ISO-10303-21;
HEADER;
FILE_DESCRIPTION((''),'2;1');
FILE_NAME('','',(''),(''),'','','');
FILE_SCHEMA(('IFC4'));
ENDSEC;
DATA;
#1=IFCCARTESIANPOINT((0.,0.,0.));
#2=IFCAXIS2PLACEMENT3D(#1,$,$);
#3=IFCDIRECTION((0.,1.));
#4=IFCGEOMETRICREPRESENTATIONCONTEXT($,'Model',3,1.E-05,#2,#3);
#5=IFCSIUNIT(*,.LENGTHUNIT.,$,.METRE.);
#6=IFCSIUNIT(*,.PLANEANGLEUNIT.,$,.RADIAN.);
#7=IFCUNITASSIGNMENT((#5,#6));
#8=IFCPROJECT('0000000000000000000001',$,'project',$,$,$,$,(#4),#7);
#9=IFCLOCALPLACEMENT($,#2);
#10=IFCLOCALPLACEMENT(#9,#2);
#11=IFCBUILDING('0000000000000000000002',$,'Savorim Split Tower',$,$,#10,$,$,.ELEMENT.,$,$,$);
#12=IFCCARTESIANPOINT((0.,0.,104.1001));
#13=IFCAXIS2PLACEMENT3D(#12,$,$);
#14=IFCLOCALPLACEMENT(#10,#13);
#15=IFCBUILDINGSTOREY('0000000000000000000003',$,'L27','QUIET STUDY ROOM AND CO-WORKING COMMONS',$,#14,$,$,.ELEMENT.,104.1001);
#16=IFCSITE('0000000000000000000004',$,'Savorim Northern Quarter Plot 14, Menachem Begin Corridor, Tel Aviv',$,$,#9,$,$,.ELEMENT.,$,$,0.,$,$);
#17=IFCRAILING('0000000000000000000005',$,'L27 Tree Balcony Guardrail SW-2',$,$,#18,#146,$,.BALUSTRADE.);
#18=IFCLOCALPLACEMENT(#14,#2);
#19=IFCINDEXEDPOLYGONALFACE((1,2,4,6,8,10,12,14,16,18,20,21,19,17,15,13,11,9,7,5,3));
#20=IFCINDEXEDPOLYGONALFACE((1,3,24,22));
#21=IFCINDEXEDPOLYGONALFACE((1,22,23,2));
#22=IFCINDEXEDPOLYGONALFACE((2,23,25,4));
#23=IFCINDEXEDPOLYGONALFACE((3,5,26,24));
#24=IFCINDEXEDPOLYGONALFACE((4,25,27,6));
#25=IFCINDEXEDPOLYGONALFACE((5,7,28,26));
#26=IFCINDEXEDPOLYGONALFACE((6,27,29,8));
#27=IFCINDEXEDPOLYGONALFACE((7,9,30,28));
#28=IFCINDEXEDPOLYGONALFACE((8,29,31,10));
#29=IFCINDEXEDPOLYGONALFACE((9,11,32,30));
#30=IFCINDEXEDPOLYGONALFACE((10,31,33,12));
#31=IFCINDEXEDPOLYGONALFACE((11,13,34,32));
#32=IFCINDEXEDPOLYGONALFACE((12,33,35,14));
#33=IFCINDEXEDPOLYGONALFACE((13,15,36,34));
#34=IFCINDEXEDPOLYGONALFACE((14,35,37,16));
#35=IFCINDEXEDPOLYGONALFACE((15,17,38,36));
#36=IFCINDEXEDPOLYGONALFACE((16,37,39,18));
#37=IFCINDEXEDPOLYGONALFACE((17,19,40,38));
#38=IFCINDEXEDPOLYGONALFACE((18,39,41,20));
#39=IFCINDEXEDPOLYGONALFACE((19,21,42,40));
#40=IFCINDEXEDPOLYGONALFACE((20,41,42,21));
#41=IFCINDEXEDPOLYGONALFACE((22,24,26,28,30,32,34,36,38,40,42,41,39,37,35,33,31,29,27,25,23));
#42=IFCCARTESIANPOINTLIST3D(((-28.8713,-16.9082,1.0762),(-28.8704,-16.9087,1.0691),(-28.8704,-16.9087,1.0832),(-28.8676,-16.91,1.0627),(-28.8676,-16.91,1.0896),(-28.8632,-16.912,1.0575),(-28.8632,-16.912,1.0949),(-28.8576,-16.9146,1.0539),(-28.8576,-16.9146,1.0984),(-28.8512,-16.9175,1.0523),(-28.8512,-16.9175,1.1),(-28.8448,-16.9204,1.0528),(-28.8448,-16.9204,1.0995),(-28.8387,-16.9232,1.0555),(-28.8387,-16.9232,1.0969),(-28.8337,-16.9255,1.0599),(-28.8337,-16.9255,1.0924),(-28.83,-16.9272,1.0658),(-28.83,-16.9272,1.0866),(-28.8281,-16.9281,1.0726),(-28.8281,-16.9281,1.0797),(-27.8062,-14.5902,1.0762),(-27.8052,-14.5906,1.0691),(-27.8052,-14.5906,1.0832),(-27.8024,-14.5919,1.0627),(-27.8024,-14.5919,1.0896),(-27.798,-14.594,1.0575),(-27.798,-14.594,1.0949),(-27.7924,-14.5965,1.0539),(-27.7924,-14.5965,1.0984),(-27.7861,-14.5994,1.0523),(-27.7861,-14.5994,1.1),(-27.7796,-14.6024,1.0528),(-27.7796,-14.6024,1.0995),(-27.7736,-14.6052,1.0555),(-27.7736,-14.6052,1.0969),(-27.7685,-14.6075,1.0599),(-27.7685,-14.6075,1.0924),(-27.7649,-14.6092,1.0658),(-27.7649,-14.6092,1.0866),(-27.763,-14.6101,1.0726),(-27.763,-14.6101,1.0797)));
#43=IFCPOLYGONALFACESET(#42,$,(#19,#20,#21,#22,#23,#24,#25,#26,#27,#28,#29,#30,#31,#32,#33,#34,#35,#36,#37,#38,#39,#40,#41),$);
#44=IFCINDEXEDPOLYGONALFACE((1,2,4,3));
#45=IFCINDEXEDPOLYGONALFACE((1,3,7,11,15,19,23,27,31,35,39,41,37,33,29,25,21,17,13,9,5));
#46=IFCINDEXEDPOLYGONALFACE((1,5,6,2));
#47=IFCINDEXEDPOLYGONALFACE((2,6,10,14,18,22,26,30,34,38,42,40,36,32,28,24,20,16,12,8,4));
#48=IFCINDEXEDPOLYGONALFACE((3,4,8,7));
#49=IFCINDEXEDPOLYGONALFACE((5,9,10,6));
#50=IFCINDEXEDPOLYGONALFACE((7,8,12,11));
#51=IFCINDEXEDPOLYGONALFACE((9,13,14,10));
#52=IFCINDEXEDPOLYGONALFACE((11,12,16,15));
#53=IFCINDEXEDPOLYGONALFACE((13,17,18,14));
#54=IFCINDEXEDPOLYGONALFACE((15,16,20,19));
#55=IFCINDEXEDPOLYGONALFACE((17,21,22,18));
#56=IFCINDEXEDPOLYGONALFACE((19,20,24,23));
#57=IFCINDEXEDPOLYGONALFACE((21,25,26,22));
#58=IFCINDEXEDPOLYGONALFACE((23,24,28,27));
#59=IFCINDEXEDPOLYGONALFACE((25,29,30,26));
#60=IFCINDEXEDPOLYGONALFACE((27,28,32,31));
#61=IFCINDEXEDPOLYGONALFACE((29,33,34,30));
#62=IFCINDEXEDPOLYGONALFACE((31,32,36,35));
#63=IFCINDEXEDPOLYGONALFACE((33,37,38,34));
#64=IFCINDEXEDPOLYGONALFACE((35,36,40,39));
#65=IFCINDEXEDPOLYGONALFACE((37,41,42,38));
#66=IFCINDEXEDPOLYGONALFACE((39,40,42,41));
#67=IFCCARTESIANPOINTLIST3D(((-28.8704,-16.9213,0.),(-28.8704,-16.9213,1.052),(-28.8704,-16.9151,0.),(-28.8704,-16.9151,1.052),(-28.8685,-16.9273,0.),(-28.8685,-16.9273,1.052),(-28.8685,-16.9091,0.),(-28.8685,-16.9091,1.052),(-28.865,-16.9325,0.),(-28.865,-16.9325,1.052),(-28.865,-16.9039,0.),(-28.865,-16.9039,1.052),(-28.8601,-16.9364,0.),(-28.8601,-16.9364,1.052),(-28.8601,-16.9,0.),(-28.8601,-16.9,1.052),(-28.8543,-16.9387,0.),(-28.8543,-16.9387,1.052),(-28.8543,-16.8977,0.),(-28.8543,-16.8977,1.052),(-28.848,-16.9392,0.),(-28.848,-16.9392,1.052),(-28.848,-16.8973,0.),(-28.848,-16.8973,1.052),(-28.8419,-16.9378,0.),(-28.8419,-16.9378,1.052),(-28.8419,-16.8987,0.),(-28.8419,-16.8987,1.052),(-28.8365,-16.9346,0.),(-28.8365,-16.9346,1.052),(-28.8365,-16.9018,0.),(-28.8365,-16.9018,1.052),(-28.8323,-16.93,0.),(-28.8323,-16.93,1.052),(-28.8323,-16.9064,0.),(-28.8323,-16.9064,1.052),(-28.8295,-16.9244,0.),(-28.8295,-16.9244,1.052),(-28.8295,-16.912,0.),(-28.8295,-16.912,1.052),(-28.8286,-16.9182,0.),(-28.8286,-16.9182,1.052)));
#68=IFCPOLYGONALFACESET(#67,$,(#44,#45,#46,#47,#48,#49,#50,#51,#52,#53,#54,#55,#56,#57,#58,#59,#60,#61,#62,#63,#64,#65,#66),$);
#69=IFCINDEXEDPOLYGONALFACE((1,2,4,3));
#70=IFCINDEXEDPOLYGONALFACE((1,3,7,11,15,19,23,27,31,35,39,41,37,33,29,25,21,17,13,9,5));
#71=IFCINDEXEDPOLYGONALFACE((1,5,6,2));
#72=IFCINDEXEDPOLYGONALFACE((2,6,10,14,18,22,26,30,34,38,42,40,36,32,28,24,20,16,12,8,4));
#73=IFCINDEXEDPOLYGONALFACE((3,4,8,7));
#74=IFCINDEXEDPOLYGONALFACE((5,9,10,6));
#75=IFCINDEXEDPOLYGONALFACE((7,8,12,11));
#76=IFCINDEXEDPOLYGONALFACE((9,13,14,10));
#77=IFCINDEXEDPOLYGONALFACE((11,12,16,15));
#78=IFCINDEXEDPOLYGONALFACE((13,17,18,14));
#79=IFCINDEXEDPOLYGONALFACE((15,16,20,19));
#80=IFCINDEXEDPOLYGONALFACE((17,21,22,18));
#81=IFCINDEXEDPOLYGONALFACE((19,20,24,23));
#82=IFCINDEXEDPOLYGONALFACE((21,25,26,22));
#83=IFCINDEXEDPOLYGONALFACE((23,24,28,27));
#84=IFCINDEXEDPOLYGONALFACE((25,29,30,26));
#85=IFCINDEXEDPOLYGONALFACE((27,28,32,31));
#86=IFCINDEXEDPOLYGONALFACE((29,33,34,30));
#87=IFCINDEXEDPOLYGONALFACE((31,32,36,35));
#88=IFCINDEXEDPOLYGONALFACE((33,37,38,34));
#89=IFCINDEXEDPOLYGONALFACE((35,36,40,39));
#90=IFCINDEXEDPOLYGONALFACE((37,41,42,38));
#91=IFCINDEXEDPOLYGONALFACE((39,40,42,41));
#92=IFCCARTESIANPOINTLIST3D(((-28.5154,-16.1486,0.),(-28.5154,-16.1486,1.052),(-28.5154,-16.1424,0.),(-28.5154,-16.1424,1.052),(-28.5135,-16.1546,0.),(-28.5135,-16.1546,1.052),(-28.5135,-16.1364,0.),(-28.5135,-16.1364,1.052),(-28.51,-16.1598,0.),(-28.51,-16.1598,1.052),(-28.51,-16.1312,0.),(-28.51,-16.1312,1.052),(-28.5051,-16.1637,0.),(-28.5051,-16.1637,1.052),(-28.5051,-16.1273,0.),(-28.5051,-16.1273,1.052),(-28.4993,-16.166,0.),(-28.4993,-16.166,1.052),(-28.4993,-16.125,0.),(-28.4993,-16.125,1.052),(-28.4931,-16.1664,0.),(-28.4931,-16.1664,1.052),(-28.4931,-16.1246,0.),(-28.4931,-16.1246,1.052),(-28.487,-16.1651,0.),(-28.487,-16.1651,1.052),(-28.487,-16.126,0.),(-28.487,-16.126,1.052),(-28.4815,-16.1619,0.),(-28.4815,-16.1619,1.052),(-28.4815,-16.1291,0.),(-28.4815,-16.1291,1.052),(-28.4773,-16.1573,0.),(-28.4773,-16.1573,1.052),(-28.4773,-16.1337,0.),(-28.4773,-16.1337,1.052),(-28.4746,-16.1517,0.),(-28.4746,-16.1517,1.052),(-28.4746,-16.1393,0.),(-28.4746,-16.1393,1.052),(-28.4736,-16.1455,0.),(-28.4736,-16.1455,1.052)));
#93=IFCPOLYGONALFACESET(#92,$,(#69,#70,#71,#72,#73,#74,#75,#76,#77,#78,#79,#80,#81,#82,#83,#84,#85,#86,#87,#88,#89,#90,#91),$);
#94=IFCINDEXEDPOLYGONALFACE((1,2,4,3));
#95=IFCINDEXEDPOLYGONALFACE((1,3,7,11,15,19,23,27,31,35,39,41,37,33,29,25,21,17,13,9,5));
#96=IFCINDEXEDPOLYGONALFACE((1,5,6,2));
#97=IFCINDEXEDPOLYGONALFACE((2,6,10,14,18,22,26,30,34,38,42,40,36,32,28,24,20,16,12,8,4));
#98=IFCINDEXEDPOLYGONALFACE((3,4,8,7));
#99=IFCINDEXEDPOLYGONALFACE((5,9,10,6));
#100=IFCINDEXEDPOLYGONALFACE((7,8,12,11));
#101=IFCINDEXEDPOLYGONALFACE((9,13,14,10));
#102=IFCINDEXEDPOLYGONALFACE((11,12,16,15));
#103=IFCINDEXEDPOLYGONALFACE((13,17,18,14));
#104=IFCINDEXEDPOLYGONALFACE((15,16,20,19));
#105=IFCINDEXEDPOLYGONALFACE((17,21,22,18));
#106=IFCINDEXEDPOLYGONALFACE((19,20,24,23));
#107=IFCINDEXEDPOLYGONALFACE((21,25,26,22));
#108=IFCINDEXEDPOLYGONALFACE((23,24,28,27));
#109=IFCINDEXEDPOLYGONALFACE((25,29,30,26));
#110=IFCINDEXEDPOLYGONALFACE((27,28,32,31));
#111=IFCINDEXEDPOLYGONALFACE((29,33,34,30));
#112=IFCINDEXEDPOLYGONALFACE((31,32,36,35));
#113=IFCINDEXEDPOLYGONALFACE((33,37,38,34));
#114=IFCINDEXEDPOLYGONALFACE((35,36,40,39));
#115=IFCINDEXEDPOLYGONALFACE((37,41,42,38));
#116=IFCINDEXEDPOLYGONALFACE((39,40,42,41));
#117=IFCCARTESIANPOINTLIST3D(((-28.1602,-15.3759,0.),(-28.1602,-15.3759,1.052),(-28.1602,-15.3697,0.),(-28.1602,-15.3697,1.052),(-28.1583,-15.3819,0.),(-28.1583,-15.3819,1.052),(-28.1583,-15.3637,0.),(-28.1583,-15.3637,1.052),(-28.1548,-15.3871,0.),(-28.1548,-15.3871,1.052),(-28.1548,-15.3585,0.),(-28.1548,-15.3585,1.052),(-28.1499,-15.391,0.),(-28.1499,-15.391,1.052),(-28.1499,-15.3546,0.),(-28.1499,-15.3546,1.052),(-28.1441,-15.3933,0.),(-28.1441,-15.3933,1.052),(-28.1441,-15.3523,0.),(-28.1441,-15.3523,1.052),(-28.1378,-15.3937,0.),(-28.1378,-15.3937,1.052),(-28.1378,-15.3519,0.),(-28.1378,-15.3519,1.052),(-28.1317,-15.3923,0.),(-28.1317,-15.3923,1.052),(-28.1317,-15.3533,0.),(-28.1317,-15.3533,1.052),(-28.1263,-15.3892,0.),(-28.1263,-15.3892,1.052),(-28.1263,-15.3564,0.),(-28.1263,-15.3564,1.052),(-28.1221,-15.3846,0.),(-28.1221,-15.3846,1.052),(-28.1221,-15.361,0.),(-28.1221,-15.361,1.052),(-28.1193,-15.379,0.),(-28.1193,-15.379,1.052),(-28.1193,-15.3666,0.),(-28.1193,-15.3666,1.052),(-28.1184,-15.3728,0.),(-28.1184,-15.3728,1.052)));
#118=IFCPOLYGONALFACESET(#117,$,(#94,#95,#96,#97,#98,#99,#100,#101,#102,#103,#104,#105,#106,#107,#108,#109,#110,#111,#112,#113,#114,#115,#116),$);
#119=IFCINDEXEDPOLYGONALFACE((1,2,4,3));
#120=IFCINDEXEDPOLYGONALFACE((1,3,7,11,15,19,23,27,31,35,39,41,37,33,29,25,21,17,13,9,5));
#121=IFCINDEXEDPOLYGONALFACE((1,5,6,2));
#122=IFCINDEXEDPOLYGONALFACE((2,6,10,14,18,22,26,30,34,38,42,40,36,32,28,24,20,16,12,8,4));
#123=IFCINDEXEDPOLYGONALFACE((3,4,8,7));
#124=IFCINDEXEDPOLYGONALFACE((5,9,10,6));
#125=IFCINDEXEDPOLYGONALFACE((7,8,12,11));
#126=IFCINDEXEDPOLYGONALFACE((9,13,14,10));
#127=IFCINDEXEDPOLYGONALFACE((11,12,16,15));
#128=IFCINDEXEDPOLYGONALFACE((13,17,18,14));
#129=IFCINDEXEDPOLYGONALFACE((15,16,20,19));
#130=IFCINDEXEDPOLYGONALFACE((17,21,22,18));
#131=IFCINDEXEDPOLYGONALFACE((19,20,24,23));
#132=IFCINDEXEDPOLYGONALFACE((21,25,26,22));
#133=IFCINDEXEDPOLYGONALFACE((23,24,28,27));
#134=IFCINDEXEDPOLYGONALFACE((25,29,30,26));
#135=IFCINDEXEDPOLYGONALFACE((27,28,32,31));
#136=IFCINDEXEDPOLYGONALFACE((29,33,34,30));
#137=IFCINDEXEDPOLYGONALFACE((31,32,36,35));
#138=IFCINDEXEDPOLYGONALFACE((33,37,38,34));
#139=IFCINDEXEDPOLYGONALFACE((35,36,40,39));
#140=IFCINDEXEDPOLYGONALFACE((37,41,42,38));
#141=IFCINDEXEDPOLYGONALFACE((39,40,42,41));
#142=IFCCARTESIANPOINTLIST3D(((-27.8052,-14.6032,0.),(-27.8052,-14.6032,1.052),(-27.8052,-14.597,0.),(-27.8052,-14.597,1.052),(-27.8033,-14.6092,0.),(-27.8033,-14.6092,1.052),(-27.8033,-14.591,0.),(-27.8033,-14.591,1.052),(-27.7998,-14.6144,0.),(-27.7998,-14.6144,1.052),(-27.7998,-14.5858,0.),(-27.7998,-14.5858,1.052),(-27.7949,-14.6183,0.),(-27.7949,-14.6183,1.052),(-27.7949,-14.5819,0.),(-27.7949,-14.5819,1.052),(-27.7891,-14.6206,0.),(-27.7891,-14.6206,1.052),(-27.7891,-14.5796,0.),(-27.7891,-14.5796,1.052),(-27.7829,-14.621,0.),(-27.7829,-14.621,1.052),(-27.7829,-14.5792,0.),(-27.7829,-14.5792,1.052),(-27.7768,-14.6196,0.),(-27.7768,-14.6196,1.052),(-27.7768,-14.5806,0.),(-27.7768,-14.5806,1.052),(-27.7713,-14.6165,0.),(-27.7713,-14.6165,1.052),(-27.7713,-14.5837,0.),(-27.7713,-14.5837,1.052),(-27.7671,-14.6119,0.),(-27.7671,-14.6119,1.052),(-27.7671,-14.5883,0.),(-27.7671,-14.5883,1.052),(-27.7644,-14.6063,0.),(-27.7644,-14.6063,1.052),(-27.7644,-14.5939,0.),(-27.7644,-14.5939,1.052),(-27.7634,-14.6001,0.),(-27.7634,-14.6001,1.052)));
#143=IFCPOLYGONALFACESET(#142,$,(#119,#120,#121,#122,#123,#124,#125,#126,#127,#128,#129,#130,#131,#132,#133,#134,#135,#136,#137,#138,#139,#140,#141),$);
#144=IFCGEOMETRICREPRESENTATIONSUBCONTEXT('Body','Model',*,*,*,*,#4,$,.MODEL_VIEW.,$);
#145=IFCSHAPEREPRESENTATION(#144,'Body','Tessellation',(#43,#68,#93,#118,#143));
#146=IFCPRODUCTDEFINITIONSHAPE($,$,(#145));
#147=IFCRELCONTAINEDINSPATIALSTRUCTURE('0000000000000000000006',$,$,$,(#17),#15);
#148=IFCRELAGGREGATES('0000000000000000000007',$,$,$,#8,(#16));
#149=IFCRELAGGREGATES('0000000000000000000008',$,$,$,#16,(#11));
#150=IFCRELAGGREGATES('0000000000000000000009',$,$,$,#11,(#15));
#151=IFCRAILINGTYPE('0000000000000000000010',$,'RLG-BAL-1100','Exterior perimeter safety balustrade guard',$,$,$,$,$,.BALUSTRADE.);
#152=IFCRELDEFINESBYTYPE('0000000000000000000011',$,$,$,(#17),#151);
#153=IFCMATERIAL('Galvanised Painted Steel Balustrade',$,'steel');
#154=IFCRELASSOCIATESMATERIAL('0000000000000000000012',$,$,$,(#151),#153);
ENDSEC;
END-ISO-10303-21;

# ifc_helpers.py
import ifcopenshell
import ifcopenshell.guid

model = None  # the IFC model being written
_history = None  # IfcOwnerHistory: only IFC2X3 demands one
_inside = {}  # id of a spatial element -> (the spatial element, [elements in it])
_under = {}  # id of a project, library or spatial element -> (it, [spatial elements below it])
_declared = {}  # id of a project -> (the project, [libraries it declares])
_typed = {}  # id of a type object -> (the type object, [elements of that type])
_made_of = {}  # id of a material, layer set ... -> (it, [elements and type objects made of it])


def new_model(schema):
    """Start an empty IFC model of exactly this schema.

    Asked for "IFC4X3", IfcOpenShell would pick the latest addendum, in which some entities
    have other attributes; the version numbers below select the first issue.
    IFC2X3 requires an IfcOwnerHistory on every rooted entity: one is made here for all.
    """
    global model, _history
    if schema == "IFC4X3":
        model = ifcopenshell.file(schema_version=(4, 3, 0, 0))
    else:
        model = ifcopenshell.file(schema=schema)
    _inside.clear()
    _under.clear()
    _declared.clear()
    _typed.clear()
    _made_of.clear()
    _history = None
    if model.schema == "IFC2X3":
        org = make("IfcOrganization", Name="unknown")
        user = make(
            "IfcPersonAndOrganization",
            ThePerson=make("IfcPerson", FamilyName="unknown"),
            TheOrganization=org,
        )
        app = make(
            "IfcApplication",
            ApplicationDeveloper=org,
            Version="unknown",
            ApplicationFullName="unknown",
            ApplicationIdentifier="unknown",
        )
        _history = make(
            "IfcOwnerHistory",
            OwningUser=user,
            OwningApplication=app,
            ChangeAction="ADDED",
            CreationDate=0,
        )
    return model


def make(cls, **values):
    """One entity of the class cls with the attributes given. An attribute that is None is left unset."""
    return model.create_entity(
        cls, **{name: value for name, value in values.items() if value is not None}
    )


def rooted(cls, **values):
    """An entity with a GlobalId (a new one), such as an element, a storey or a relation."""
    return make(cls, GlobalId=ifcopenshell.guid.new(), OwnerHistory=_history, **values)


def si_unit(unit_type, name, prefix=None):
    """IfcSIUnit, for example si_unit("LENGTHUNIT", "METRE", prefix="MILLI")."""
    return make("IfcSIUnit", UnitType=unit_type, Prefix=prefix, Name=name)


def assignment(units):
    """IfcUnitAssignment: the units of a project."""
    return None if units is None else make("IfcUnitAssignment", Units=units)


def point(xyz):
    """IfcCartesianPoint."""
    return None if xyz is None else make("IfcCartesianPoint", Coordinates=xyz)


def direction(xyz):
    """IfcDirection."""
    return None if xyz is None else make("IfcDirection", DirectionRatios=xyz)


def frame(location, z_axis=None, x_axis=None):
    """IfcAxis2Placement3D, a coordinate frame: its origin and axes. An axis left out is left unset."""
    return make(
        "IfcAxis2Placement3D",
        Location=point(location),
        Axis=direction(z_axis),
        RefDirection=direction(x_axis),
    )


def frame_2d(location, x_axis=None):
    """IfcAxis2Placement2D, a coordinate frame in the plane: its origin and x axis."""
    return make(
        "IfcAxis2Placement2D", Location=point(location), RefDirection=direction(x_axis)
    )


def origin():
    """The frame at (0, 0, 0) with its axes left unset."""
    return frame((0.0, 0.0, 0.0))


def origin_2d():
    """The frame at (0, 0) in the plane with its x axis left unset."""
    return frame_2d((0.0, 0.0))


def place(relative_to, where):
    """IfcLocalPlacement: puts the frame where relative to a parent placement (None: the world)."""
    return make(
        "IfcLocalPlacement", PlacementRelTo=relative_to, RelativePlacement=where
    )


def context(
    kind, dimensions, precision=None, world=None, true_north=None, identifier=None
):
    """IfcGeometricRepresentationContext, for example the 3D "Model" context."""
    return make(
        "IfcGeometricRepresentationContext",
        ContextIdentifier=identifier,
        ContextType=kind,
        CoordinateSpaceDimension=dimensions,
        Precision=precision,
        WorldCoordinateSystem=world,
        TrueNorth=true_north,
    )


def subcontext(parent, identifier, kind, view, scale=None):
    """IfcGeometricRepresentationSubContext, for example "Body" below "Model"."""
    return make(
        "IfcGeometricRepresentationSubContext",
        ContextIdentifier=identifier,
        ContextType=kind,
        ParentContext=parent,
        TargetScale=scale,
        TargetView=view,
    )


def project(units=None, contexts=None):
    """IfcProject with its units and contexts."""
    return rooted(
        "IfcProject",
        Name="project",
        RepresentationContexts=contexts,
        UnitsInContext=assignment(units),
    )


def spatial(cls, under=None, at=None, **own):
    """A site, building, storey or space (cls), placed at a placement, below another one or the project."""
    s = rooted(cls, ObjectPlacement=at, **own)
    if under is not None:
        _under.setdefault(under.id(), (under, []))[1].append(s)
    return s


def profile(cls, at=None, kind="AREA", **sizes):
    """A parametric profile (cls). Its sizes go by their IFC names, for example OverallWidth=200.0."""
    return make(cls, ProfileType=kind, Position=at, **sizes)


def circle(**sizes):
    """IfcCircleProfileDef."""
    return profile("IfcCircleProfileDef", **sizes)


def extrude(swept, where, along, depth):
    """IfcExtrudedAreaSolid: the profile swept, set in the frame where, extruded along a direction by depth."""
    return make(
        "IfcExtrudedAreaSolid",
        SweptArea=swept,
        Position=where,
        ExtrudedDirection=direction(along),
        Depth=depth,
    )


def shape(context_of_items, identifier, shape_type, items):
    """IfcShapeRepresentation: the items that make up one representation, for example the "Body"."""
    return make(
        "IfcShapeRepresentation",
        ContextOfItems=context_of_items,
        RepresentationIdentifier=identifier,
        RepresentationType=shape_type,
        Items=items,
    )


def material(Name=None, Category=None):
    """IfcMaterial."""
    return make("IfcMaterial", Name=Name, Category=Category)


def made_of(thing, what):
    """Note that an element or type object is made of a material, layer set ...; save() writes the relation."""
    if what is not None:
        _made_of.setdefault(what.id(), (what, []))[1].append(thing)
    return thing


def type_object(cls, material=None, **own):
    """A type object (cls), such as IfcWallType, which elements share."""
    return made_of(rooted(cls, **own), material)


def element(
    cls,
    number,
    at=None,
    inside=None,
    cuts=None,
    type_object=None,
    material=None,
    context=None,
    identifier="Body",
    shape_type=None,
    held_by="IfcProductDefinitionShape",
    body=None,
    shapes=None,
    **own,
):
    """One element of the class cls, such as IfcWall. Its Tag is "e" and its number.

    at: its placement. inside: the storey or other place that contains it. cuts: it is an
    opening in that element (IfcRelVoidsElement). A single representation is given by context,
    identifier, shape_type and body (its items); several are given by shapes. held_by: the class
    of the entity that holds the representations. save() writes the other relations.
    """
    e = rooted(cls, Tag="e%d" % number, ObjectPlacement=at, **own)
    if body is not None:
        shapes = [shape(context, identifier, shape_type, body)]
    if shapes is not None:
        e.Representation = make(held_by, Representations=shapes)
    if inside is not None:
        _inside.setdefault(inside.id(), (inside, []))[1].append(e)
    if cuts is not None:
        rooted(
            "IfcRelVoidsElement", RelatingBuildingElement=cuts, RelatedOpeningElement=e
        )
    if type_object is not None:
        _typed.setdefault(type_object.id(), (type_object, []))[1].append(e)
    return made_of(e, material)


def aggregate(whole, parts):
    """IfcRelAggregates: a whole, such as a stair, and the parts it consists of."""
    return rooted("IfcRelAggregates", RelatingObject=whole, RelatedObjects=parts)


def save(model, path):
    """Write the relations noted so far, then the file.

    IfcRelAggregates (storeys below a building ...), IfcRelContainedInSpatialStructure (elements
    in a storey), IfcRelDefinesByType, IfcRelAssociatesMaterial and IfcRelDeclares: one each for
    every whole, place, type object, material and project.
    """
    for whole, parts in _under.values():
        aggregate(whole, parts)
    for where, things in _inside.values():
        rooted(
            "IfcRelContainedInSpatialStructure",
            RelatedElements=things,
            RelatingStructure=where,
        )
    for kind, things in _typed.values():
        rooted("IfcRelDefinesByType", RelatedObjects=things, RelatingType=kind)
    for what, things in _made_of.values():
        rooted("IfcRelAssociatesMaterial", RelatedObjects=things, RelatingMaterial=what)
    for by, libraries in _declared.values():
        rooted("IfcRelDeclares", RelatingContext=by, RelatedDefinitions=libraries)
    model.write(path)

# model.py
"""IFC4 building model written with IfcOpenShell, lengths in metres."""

from ifc_helpers import new_model, si_unit, direction, frame, origin, origin_2d, place, context, subcontext, project, spatial, circle, extrude, material, type_object, element, save


model = new_model("IFC4")

# Units and contexts
model_context = context("Model", 3, precision=1e-05, world=origin(), true_north=direction((0.0, 1.0)))
body_context = subcontext(model_context, "Body", "Model", "MODEL_VIEW")
ifc_project = project(units=[si_unit("LENGTHUNIT", "METRE"), si_unit("PLANEANGLEUNIT", "RADIAN")], contexts=[model_context])

# Site, building, storey
site_placement = place(None, origin())
site = spatial("IfcSite", under=ifc_project, at=site_placement, Name="Savorim Northern Quarter Plot 14, Menachem Begin Corridor, Tel Aviv", CompositionType="ELEMENT", RefElevation=0.0)
building_placement = place(site_placement, origin())
building = spatial("IfcBuilding", under=site, at=building_placement, Name="Savorim Split Tower", CompositionType="ELEMENT")
storey_placement = place(building_placement, frame((0.0, 0.0, 104.1001)))
storey = spatial("IfcBuildingStorey", under=building, at=storey_placement, Name="L27", Description="QUIET STUDY ROOM AND CO-WORKING COMMONS", CompositionType="ELEMENT", Elevation=104.1001)

# Railing
ifc_material_1 = material(Name="Galvanised Painted Steel Balustrade", Category="steel")
railing_type = type_object("IfcRailingType", Name="RLG-BAL-1100", Description="Exterior perimeter safety balustrade guard", PredefinedType="BALUSTRADE", material=ifc_material_1)
railing_1_placement = place(storey_placement, frame((-28.8496, -16.9182, 0.0)))
element("IfcRailing", 1, at=railing_1_placement, inside=storey, type_object=railing_type, Name="L27 Tree Balcony Guardrail SW-2", PredefinedType="BALUSTRADE", context=body_context, shape_type="SweptSolid", body=[
    extrude(circle(Radius=0.0239, at=origin_2d()), frame((0.0, 0.0, 1.0762), z_axis=(0.417534, 0.908661, 0.0), x_axis=(-0.908661, 0.417534, 0.0)), (0.0, 0.0, 1.0), 2.551),
    extrude(circle(Radius=0.021, at=origin_2d()), origin(), (0.0, 0.0, 1.0), 1.052),
    extrude(circle(Radius=0.021, at=origin_2d()), frame((0.355, 0.7727, 0.0)), (0.0, 0.0, 1.0), 1.052),
    extrude(circle(Radius=0.021, at=origin_2d()), frame((0.7102, 1.5454, 0.0)), (0.0, 0.0, 1.0), 1.052),
    extrude(circle(Radius=0.021, at=origin_2d()), frame((1.0652, 2.3181, 0.0)), (0.0, 0.0, 1.0), 1.052),
])

save(model, "model.ifc")
